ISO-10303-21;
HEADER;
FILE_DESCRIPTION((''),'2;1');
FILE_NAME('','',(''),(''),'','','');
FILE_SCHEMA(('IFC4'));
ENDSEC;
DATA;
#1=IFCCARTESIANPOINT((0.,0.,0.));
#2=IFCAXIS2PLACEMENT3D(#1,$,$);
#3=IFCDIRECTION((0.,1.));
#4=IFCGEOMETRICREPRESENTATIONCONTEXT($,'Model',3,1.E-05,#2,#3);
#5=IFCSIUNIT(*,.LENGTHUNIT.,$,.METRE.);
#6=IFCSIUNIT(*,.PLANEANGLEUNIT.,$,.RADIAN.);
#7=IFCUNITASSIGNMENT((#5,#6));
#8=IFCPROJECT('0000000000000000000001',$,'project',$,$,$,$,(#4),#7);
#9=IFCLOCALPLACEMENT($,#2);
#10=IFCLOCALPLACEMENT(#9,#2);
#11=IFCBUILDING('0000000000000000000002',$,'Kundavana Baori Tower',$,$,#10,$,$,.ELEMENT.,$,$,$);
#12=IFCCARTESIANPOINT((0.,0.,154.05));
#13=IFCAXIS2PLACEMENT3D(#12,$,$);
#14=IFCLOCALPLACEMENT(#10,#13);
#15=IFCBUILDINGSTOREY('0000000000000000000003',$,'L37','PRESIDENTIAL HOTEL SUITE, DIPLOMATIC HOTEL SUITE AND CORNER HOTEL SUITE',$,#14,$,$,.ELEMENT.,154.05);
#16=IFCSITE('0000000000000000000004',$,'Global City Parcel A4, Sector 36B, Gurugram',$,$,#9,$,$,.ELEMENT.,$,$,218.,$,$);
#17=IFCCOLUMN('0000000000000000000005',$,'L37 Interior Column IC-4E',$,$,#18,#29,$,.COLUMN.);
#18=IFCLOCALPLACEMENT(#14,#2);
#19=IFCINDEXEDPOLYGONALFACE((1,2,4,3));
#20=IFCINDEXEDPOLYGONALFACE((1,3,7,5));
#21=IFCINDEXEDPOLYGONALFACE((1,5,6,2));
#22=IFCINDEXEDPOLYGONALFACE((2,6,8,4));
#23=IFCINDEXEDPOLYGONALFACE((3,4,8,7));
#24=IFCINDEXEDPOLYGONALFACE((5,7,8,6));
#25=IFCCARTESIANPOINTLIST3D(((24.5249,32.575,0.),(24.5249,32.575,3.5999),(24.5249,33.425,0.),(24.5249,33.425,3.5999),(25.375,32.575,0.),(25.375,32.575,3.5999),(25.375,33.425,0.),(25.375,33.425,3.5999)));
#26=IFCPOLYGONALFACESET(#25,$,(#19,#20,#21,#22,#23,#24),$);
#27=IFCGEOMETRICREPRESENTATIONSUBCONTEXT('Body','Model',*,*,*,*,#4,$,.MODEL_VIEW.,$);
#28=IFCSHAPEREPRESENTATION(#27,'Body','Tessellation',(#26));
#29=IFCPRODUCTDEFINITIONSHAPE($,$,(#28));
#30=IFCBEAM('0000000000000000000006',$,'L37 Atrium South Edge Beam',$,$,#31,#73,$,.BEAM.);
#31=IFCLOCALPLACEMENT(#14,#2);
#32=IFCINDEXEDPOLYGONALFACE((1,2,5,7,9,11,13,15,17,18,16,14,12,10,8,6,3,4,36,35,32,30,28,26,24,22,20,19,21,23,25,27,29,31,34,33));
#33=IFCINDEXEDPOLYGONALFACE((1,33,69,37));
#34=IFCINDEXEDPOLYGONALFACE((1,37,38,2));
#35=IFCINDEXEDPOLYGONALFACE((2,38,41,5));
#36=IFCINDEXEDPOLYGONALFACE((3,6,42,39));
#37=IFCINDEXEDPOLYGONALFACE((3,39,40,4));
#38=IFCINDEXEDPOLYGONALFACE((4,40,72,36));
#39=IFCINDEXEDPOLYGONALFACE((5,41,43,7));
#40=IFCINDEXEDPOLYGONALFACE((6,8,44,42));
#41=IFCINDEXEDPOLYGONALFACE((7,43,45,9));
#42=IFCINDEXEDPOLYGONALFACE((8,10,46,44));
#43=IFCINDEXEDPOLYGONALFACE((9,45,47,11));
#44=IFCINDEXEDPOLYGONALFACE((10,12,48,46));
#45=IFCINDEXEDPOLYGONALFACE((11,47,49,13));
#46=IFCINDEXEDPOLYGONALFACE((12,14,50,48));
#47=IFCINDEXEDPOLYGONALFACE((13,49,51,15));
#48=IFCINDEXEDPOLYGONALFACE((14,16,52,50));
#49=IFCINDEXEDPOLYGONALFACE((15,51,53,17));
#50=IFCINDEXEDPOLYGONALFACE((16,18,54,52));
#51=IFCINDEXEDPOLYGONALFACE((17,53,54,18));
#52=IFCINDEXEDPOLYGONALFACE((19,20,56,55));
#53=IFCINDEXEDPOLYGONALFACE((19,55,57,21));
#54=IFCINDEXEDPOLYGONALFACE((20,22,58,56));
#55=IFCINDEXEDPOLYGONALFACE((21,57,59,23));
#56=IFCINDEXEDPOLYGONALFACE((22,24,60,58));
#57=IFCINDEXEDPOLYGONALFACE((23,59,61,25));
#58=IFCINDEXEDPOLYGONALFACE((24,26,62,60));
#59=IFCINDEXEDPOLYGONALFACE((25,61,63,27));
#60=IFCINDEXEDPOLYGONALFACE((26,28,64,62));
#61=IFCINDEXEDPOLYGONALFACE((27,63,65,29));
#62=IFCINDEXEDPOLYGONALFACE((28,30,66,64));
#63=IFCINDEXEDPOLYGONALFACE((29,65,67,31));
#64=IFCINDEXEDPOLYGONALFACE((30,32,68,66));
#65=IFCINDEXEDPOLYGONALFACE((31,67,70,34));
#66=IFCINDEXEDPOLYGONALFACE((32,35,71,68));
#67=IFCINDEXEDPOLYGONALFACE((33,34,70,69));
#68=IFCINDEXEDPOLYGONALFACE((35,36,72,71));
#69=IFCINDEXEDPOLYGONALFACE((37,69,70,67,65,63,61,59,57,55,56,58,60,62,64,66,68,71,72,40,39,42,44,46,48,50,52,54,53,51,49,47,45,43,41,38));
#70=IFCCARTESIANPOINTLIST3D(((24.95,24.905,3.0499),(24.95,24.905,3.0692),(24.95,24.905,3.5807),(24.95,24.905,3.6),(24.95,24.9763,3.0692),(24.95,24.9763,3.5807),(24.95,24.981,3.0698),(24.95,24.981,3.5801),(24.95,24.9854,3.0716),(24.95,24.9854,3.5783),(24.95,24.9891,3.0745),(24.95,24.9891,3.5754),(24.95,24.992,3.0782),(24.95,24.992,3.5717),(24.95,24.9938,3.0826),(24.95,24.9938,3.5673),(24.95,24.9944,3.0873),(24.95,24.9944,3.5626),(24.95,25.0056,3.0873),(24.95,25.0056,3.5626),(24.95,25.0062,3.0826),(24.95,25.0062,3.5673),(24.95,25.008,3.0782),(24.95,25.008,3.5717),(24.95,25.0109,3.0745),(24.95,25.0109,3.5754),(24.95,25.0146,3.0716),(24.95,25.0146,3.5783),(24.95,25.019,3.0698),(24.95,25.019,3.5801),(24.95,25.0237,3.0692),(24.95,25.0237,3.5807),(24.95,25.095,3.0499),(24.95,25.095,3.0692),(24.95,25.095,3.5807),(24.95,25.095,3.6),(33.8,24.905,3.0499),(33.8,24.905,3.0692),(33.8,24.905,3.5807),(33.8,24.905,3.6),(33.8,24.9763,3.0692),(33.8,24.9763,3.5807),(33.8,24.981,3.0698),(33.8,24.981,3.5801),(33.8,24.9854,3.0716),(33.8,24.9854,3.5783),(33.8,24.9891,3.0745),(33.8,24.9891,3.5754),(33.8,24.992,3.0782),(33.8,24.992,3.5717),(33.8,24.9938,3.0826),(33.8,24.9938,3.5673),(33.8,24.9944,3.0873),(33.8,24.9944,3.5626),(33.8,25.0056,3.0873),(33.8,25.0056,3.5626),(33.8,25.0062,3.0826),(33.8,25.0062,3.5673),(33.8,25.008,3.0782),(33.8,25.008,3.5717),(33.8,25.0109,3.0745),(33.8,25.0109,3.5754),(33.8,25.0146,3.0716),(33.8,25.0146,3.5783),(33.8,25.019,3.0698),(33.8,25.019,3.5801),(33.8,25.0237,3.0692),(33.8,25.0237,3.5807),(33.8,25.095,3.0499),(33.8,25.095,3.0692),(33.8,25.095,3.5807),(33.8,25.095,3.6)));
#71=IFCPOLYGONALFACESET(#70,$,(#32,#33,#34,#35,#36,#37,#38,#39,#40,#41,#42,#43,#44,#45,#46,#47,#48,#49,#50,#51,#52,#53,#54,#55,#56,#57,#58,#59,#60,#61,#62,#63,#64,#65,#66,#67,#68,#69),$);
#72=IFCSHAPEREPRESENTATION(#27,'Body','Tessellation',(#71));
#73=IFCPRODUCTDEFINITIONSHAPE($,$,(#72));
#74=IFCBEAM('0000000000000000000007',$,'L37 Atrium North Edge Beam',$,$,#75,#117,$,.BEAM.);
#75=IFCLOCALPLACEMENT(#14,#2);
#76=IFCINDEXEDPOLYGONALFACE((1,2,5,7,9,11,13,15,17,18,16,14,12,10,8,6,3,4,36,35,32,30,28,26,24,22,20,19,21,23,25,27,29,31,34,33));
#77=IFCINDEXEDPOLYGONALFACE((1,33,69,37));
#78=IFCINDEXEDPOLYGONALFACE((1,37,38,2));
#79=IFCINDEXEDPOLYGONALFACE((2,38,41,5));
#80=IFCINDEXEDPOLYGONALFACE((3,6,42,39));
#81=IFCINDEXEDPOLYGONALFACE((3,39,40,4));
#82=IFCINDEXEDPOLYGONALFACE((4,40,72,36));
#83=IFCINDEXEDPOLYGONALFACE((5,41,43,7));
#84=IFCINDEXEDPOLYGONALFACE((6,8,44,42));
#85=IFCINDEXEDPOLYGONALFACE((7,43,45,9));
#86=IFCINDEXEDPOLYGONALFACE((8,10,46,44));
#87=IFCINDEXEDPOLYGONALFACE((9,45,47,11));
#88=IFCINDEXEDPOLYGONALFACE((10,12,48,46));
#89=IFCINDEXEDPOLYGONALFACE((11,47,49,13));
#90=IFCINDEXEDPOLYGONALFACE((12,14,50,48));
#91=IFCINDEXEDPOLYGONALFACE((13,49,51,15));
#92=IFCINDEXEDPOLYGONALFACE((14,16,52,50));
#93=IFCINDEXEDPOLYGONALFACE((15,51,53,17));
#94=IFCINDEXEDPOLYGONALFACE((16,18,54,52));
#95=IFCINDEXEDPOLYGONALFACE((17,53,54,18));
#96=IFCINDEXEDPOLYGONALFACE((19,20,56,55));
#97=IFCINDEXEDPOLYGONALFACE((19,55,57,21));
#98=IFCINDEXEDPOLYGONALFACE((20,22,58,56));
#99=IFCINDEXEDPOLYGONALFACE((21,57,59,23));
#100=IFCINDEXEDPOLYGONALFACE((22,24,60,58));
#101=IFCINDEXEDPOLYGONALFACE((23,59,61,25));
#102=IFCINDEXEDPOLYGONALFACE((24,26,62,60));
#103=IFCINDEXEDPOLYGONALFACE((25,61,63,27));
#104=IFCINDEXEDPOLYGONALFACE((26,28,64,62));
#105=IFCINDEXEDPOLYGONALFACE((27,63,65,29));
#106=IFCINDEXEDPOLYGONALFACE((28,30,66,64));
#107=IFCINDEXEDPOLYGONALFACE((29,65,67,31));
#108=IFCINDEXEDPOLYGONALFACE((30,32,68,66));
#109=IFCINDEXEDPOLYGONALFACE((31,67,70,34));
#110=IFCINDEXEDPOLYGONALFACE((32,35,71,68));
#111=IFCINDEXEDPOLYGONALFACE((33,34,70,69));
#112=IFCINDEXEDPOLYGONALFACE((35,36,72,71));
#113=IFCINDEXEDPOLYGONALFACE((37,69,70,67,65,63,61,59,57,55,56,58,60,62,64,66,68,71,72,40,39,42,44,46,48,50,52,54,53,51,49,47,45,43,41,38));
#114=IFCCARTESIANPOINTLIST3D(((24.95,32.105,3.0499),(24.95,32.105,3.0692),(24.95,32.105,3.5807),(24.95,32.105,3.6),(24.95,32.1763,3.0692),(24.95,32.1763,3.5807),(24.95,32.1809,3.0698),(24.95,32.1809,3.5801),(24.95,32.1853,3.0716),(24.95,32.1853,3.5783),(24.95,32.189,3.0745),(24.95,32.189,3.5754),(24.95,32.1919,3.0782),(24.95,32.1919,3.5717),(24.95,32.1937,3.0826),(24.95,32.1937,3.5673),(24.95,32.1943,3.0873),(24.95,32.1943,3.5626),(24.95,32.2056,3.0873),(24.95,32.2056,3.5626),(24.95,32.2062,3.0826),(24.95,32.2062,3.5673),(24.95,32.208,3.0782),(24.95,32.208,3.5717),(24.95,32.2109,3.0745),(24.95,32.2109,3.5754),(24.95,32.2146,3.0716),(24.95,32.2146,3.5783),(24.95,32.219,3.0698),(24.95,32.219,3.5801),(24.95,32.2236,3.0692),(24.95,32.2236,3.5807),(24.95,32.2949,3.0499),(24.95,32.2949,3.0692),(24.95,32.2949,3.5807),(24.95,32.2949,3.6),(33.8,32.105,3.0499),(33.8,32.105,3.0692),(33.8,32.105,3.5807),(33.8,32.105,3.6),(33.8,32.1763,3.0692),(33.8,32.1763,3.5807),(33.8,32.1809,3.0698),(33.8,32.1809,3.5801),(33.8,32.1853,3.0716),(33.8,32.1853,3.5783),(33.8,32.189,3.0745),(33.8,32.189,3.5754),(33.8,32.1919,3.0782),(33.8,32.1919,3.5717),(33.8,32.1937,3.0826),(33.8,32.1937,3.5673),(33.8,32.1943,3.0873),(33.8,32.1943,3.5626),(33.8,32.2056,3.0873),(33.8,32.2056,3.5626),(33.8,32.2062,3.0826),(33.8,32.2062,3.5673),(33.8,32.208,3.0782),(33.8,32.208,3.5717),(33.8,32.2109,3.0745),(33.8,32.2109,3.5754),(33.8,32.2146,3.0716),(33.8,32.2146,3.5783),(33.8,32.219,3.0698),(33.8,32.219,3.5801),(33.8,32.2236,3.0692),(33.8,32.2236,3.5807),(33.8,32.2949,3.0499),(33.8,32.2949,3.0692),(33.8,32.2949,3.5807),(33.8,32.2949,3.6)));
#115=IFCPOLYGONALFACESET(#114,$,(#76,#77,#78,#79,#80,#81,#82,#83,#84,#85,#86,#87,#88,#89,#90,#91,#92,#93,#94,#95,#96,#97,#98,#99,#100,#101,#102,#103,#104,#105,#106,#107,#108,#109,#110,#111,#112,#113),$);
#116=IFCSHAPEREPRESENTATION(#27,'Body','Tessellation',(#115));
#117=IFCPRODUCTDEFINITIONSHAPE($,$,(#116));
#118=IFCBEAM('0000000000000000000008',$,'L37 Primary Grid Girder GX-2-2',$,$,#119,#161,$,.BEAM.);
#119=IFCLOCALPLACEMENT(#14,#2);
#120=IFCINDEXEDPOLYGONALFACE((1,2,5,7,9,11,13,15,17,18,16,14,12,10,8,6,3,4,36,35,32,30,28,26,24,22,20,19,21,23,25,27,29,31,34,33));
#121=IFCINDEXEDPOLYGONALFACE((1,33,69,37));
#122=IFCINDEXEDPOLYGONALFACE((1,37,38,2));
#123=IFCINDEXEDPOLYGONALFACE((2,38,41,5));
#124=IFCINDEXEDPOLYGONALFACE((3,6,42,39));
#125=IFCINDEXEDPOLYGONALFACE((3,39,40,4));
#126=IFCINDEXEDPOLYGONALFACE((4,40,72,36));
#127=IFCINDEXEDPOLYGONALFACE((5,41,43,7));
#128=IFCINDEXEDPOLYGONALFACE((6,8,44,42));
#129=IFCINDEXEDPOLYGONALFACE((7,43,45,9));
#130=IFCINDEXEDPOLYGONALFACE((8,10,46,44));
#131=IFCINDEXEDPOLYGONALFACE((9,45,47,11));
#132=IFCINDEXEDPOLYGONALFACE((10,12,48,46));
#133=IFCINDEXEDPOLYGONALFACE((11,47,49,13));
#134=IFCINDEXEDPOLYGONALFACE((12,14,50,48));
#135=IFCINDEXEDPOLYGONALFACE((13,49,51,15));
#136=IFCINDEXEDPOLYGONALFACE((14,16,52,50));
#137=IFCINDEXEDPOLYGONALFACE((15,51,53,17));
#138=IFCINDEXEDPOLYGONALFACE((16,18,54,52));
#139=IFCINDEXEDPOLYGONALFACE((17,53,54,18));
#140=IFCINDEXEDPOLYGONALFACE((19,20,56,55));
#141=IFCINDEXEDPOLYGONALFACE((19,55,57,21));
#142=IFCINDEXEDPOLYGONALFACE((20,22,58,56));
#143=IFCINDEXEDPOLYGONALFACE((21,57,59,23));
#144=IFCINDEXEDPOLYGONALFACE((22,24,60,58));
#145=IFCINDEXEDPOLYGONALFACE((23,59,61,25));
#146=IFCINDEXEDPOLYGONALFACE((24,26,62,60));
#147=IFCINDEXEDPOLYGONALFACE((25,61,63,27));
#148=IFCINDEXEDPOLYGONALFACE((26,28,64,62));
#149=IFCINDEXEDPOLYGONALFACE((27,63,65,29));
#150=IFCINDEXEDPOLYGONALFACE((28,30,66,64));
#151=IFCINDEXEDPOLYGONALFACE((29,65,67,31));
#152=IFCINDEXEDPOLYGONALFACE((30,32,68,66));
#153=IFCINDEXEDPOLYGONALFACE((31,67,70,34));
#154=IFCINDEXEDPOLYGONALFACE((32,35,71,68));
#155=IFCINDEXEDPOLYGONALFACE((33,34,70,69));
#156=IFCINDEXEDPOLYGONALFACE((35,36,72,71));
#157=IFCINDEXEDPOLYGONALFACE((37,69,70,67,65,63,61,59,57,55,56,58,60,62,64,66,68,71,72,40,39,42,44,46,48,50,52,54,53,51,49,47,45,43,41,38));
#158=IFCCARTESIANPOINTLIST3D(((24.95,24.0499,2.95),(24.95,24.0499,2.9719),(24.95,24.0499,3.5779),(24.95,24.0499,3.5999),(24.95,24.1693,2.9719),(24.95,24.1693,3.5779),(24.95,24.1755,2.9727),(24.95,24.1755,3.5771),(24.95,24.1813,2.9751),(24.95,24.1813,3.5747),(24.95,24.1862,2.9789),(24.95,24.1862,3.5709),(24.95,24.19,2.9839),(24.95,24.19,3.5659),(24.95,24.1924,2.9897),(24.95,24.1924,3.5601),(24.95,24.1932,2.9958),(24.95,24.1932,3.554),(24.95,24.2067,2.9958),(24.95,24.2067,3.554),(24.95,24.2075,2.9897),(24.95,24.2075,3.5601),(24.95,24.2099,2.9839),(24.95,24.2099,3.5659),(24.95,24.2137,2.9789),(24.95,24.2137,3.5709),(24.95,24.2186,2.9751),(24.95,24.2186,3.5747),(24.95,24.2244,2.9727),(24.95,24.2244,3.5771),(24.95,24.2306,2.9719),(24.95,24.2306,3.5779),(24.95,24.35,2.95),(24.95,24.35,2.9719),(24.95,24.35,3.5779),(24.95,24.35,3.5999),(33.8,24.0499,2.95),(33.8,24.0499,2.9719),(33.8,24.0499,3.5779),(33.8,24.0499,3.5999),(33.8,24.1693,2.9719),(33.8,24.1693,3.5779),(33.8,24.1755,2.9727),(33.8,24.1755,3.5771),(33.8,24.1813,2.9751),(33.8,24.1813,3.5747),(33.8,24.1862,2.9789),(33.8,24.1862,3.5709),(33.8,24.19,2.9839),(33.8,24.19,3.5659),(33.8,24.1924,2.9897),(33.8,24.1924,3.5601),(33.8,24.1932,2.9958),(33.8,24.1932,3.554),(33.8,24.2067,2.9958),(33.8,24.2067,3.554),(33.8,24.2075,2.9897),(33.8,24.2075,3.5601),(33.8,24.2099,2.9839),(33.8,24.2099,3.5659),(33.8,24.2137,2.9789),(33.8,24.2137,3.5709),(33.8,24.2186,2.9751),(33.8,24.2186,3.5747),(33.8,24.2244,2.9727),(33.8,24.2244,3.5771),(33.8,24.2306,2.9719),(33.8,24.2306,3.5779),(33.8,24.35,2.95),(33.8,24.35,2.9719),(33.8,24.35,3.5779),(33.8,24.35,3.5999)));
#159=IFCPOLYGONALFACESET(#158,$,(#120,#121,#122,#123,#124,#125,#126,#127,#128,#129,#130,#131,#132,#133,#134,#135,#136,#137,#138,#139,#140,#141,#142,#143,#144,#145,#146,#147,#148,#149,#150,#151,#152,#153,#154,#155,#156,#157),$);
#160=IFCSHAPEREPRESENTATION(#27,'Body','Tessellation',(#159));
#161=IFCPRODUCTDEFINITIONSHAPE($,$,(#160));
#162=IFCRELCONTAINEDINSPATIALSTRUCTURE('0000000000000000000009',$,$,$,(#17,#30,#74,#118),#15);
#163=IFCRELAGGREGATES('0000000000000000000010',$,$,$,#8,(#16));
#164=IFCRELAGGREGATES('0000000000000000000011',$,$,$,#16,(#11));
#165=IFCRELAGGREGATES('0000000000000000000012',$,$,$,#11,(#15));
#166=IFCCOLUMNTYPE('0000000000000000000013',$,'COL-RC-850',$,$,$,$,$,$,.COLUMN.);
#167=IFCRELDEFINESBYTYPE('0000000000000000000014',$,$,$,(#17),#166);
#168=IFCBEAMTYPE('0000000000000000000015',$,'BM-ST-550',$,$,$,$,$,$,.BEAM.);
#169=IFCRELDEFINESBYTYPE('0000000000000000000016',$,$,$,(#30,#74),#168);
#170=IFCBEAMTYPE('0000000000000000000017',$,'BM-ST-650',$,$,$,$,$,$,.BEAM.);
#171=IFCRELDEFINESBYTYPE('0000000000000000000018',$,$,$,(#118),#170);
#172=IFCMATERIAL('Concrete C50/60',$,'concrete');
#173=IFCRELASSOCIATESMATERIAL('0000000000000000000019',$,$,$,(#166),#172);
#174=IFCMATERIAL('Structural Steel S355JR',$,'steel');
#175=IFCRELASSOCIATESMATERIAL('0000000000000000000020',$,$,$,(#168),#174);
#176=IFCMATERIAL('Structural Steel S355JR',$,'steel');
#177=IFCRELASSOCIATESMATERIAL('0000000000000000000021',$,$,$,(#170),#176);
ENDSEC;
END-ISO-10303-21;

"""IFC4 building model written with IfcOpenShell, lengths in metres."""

from ifc_helpers import new_model, si_unit, direction, frame, origin, origin_2d, place, context, subcontext, project, spatial, rectangle, i_section, extrude, material, material_profile, profile_set, type_object, element, save


model = new_model("IFC4")

# Units and contexts
model_context = context("Model", 3, precision=1e-05, world=origin(), true_north=direction((0.0, 1.0)))
body_context = subcontext(model_context, "Body", "Model", "MODEL_VIEW")
ifc_project = project(units=[si_unit("LENGTHUNIT", "METRE"), si_unit("PLANEANGLEUNIT", "RADIAN")], contexts=[model_context])

# Site, building, storey
site_placement = place(None, origin())
site = spatial("IfcSite", under=ifc_project, at=site_placement, Name="Global City Parcel A4, Sector 36B, Gurugram", CompositionType="ELEMENT", RefElevation=218.0)
building_placement = place(site_placement, origin())
building = spatial("IfcBuilding", under=site, at=building_placement, Name="Kundavana Baori Tower", CompositionType="ELEMENT")
storey_placement = place(building_placement, frame((0.0, 0.0, 154.05)))
storey = spatial("IfcBuildingStorey", under=building, at=storey_placement, Name="L37", Description="PRESIDENTIAL HOTEL SUITE, DIPLOMATIC HOTEL SUITE AND CORNER HOTEL SUITE", CompositionType="ELEMENT", Elevation=154.05)

# Column
ifc_material_1 = material(Name="Concrete C50/60", Category="concrete")
ifc_material_profile_1 = material_profile(ifc_material_1, rectangle(XDim=0.8501, YDim=0.8501, at=origin_2d()), Name="RC 850x850")
ifc_profile_set_1 = profile_set([ifc_material_profile_1], Name="Concrete C50/60")
column_type = type_object("IfcColumnType", Name="COL-RC-850", PredefinedType="COLUMN", material=ifc_profile_set_1)
column_placement = place(storey_placement, frame((24.95, 33.0, 0.0), z_axis=(0.0, 0.0, 1.0), x_axis=(1.0, 0.0, 0.0)))
element("IfcColumn", 1, at=column_placement, inside=storey, type_object=column_type, Name="L37 Interior Column IC-4E", PredefinedType="COLUMN", context=body_context, shape_type="SweptSolid", body=[
    extrude(rectangle(XDim=0.8501, YDim=0.8501, at=origin_2d()), origin(), (0.0, 0.0, 1.0), 3.5999),
])

# Beams
ifc_material_2 = material(Name="Structural Steel S355JR", Category="steel")
ifc_material_profile_2 = material_profile(ifc_material_2, i_section(OverallWidth=0.1899, OverallDepth=0.55, WebThickness=0.0112, FlangeThickness=0.0193, FilletRadius=0.0181, at=origin_2d()), Name="ISMB 550")
ifc_profile_set_2 = profile_set([ifc_material_profile_2], Name="Structural Steel S355JR")
beam_type_1 = type_object("IfcBeamType", Name="BM-ST-550", PredefinedType="BEAM", material=ifc_profile_set_2)
for number, where, z_axis, x_axis, name in (
    (2, (24.95, 25.0, 3.325), (1.0, 0.0, 0.0), (0.0, 1.0, 0.0), "L37 Atrium South Edge Beam"),
    (3, (24.95, 32.2, 3.325), (1.0, 0.0, 0.0), (0.0, 1.0, 0.0), "L37 Atrium North Edge Beam"),
):
    element("IfcBeam", number, at=place(storey_placement, frame(where, z_axis=z_axis, x_axis=x_axis)), inside=storey, type_object=beam_type_1, Name=name, PredefinedType="BEAM", context=body_context, shape_type="SweptSolid", body=[
        extrude(i_section(OverallWidth=0.1899, OverallDepth=0.55, WebThickness=0.0112, FlangeThickness=0.0193, FilletRadius=0.0181, at=origin_2d()), origin(), (0.0, 0.0, 1.0), 8.8501),
    ])
ifc_material_3 = material(Name="Structural Steel S355JR", Category="steel")
ifc_material_profile_3 = material_profile(ifc_material_3, i_section(OverallWidth=0.3, OverallDepth=0.6499, WebThickness=0.0134, FlangeThickness=0.022, FilletRadius=0.0239, at=origin_2d()), Name="NPB 650x300x155")
ifc_profile_set_3 = profile_set([ifc_material_profile_3], Name="Structural Steel S355JR")
beam_type_2 = type_object("IfcBeamType", Name="BM-ST-650", PredefinedType="BEAM", material=ifc_profile_set_3)
for number, where, z_axis, x_axis, name in (
    (4, (24.95, 24.2, 3.2749), (1.0, 0.0, 0.0), (0.0, 1.0, 0.0), "L37 Primary Grid Girder GX-2-2"),
):
    element("IfcBeam", number, at=place(storey_placement, frame(where, z_axis=z_axis, x_axis=x_axis)), inside=storey, type_object=beam_type_2, Name=name, PredefinedType="BEAM", context=body_context, shape_type="SweptSolid", body=[
        extrude(i_section(OverallWidth=0.3, OverallDepth=0.6499, WebThickness=0.0134, FlangeThickness=0.022, FilletRadius=0.0239, at=origin_2d()), origin(), (0.0, 0.0, 1.0), 8.8501),
    ])

save(model, "model.ifc")
